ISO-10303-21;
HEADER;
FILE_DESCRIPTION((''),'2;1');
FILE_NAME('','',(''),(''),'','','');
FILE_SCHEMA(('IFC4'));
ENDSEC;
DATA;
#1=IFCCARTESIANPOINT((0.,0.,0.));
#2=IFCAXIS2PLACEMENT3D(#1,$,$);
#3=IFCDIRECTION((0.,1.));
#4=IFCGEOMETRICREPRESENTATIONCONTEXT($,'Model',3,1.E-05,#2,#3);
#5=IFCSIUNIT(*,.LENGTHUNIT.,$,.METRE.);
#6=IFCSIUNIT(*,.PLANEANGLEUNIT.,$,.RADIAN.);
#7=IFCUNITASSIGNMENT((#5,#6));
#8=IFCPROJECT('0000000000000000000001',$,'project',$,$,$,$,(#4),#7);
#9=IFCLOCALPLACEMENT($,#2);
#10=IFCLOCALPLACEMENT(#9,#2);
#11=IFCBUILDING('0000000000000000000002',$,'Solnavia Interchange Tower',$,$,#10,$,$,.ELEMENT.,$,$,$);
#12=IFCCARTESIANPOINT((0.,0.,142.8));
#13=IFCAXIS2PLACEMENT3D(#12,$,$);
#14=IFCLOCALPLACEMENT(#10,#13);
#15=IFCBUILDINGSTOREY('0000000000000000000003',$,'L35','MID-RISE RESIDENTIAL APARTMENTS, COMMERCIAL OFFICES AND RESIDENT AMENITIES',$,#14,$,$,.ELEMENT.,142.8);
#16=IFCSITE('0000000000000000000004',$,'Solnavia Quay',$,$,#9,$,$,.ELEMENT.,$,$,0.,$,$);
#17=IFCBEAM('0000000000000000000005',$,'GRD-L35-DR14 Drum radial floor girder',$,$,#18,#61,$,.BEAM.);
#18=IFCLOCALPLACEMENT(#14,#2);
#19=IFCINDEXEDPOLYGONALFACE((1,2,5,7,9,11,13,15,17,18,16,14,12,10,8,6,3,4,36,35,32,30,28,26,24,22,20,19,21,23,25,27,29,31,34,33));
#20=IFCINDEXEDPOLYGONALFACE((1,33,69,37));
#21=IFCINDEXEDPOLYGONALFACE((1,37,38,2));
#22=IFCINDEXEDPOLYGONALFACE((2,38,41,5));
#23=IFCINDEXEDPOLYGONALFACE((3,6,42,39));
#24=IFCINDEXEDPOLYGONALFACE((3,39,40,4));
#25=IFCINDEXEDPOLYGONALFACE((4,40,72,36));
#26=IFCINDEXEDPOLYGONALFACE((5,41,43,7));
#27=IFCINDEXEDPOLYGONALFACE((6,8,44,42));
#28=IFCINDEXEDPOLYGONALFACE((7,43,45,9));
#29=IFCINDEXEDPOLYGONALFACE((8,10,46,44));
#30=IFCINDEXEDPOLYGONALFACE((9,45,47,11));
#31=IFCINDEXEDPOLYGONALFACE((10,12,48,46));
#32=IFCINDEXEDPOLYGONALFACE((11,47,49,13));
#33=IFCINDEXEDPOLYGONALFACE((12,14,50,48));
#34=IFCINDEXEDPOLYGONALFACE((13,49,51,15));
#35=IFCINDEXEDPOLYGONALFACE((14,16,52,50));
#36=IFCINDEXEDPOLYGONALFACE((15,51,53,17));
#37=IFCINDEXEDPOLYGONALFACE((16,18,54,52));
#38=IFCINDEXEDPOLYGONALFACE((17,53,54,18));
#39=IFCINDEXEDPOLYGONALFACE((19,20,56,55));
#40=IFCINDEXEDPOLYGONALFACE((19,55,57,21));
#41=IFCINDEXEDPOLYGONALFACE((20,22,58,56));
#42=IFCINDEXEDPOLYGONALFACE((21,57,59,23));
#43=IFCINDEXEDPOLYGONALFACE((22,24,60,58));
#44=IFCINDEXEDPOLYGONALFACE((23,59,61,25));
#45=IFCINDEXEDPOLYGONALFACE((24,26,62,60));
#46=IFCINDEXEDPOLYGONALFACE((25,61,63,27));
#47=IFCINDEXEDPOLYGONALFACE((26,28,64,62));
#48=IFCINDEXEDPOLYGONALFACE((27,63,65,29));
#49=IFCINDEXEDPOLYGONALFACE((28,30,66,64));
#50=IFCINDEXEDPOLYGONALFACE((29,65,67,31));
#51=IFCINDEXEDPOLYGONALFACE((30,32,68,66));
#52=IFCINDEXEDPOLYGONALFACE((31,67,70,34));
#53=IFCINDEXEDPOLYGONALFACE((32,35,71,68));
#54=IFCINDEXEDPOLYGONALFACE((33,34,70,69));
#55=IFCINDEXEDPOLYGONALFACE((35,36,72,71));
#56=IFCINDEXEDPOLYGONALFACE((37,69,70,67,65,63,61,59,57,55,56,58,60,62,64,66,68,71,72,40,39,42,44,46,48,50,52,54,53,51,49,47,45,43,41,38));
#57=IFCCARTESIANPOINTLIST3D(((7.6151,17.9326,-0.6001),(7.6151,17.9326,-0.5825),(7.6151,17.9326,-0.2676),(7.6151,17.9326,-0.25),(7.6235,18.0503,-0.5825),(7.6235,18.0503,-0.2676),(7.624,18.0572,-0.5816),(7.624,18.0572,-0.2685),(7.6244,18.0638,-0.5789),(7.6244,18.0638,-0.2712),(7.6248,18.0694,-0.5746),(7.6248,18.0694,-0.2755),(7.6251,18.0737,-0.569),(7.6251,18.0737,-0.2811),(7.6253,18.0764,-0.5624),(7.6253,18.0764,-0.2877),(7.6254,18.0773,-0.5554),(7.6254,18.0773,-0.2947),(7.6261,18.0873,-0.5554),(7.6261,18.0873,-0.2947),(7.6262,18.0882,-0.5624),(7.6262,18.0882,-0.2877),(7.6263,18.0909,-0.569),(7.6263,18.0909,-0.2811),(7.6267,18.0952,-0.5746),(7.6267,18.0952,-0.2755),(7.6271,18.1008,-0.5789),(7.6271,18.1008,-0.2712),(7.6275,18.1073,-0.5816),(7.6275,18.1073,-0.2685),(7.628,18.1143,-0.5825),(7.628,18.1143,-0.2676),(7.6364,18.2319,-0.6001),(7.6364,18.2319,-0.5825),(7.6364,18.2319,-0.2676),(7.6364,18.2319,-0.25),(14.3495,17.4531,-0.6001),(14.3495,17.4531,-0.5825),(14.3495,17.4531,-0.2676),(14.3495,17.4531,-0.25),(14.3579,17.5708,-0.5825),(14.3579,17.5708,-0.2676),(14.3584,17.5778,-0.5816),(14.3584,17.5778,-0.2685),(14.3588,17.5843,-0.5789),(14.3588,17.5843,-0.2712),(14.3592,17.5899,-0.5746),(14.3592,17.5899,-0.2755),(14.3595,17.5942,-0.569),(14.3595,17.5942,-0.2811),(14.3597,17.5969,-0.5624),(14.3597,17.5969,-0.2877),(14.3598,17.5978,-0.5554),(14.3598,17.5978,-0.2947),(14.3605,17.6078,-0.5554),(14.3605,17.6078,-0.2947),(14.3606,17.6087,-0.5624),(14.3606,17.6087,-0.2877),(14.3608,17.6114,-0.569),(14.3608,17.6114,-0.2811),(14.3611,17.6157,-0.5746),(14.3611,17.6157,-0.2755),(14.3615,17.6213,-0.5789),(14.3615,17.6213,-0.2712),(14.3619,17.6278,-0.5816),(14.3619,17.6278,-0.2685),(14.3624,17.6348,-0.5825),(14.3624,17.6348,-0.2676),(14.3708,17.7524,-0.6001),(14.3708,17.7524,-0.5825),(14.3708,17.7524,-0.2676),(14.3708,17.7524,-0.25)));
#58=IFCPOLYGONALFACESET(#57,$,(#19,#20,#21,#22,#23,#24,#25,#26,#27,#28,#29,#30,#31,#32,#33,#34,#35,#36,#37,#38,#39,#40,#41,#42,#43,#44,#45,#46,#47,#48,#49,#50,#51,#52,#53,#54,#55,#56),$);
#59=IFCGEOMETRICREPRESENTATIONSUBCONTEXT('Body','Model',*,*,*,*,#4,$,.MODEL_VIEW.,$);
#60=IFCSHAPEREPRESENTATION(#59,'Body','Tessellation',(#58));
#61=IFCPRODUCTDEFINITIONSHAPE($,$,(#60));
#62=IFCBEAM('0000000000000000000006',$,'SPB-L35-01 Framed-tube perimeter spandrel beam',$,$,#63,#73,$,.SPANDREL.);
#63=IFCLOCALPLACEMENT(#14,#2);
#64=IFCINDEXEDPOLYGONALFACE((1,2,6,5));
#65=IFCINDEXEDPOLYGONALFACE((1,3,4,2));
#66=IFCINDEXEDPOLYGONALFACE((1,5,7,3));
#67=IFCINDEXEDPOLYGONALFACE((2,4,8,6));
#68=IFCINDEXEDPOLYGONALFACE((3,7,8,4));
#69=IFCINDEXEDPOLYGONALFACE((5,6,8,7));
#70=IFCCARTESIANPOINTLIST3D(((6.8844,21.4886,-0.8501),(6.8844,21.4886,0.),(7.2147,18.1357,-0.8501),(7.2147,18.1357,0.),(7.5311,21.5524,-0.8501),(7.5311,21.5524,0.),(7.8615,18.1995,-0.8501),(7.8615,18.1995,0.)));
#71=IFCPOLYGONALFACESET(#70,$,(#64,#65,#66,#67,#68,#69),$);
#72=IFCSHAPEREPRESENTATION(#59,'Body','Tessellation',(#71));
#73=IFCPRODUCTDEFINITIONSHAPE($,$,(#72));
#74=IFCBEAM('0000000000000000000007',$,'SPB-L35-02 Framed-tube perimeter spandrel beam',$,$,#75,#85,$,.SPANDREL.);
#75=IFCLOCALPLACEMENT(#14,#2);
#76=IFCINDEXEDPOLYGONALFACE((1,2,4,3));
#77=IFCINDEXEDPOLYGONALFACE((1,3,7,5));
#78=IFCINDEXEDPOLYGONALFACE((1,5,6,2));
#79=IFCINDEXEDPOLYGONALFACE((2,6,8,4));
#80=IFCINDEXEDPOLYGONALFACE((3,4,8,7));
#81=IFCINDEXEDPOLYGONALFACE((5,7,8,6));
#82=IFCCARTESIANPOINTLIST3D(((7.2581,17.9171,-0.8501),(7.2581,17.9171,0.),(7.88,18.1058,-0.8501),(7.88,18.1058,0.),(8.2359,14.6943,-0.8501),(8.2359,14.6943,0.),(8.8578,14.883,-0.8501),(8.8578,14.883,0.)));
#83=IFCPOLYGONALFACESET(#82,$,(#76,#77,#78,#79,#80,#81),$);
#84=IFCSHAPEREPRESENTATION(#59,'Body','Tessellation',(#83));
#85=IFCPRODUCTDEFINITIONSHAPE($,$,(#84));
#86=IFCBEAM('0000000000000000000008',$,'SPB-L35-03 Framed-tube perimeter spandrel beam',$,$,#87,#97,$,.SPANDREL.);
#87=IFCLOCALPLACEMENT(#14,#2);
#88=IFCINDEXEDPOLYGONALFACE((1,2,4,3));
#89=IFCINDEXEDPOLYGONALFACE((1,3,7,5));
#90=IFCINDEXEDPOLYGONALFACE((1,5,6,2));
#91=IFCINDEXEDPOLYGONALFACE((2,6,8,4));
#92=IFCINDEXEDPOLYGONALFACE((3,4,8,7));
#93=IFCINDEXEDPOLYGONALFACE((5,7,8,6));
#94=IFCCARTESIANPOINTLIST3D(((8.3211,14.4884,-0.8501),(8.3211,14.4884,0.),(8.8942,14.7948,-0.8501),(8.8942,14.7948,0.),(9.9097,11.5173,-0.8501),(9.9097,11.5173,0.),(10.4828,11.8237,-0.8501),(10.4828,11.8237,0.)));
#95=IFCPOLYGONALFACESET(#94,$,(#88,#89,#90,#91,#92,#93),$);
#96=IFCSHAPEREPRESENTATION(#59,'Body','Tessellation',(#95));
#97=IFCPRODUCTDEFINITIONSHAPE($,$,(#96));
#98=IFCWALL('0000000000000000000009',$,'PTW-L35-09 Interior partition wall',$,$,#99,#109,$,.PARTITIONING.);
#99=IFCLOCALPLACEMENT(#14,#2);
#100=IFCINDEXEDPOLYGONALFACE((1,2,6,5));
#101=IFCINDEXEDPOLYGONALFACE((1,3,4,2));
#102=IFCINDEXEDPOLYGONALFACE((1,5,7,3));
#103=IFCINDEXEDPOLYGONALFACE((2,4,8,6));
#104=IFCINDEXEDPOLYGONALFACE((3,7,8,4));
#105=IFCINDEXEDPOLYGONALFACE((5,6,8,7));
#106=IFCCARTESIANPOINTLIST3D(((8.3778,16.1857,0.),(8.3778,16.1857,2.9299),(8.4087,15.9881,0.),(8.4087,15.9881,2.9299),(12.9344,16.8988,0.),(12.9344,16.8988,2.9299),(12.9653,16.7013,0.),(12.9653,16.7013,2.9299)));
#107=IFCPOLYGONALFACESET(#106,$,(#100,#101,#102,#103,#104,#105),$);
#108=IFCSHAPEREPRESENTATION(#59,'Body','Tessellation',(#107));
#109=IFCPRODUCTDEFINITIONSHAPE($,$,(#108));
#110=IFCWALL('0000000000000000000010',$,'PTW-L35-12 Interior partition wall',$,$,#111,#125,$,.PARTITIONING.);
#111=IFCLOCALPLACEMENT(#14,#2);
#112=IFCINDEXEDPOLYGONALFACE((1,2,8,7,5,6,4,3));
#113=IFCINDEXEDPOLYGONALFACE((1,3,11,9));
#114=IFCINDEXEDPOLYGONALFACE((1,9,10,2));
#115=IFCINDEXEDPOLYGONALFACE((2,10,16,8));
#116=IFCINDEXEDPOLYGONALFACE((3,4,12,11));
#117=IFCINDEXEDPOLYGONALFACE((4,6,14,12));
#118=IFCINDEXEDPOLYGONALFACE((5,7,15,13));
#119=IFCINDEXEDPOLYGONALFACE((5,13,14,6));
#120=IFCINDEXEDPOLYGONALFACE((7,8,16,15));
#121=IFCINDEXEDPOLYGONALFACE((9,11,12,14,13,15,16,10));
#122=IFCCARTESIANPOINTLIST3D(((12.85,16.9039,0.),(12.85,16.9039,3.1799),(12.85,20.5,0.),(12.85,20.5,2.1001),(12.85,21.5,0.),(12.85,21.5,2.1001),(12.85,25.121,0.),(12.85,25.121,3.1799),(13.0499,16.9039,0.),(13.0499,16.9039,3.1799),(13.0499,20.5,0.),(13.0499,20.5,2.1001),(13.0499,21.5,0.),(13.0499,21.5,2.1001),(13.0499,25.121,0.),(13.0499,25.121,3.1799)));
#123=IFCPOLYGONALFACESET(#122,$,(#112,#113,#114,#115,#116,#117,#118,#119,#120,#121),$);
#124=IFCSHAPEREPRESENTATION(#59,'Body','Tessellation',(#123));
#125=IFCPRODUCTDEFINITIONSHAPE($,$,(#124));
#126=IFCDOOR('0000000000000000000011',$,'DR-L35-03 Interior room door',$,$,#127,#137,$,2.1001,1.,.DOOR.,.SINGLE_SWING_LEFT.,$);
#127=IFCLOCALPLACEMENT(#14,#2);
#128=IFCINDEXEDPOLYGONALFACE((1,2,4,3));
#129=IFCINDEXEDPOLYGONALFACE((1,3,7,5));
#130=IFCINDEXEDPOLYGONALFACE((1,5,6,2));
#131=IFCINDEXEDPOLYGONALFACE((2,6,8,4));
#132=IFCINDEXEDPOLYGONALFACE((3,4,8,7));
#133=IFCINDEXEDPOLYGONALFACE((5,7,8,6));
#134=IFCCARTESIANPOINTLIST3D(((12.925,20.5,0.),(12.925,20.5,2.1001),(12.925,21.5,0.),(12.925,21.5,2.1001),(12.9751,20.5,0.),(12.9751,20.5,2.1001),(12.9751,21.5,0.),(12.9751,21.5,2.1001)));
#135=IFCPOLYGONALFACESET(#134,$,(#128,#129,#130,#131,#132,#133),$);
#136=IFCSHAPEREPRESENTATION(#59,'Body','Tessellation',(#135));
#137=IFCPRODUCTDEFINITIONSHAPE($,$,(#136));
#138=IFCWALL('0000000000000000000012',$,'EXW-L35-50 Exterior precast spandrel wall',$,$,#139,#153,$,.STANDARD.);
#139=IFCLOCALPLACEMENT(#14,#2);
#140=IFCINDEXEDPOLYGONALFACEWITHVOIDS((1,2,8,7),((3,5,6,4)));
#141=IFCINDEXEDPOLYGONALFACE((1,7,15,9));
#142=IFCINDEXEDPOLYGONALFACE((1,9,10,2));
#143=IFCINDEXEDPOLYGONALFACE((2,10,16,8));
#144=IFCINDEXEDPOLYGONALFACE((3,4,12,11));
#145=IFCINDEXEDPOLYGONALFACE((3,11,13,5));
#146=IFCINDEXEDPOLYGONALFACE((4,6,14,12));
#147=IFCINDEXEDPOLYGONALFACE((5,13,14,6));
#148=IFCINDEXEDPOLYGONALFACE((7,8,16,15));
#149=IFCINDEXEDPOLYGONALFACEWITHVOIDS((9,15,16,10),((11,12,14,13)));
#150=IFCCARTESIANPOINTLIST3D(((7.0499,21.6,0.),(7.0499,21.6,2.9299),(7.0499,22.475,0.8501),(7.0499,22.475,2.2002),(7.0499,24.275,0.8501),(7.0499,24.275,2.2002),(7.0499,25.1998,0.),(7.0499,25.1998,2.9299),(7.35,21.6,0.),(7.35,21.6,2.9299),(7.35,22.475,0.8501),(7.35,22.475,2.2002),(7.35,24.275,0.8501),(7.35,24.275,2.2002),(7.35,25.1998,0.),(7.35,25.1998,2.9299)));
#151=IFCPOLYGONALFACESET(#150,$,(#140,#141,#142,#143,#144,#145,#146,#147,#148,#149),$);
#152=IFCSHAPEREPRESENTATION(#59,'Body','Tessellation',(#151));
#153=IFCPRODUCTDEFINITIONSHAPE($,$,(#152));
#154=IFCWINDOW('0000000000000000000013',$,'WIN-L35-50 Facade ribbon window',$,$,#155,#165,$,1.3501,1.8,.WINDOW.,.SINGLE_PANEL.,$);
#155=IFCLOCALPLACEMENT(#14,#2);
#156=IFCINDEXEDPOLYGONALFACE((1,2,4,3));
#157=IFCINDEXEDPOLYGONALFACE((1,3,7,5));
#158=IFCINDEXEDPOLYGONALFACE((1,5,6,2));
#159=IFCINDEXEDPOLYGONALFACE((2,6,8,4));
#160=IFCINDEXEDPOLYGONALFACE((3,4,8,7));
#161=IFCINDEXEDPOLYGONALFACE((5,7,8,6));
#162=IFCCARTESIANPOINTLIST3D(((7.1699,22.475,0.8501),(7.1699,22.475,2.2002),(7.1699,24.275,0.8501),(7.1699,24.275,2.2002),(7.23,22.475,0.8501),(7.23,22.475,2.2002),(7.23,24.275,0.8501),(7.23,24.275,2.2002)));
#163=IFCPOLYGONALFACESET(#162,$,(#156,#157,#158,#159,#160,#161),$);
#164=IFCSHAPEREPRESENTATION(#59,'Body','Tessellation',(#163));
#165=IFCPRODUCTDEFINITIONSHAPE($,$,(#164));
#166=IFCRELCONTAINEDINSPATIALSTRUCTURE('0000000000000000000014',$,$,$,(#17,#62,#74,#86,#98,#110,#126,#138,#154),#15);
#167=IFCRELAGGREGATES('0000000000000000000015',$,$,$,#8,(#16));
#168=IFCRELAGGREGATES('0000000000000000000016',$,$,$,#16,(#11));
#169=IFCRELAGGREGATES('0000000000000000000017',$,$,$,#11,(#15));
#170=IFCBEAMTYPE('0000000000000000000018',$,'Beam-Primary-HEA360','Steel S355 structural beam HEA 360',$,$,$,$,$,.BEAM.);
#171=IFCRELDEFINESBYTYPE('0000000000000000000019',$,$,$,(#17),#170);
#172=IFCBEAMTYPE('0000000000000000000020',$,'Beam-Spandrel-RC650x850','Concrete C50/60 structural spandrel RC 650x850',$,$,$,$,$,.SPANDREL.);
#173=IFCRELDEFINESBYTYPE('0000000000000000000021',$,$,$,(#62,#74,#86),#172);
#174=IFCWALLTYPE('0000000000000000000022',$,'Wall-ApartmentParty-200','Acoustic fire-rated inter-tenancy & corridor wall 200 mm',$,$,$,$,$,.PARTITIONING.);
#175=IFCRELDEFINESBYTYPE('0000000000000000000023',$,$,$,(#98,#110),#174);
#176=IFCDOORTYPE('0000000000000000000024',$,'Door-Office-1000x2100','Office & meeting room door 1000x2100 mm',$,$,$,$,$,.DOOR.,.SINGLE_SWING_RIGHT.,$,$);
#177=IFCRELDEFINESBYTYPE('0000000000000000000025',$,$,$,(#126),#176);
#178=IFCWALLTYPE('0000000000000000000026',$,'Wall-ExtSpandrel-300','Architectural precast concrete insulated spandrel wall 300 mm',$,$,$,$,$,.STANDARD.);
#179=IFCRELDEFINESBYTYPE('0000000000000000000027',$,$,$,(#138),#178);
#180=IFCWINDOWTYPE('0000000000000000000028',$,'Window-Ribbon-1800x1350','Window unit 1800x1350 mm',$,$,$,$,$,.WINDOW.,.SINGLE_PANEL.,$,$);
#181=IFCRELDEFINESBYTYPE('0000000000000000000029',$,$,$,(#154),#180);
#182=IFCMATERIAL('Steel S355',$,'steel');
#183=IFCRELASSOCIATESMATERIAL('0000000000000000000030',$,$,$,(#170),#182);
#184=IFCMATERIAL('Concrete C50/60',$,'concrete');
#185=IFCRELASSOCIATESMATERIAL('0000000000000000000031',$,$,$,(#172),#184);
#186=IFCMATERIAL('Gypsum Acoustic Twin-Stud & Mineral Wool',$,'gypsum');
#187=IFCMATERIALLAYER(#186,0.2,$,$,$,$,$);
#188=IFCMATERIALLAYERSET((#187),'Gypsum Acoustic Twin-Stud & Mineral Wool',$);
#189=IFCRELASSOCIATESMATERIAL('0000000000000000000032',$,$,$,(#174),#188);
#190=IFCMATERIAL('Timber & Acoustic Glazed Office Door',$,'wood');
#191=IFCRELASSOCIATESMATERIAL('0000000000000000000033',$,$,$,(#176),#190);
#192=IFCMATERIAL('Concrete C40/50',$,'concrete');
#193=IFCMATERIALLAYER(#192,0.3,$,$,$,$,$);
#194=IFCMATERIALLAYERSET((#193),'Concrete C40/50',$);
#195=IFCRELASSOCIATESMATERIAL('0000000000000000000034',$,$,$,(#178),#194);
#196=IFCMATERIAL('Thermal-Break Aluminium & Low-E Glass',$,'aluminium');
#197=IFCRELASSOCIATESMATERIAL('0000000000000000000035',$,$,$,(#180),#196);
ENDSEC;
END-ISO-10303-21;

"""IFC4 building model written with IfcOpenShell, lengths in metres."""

from ifc_helpers import new_model, si_unit, direction, frame, frame_2d, origin, origin_2d, place, context, subcontext, project, spatial, rectangle, i_section, extrude, material, layer, layer_set, material_profile, profile_set, type_object, element, fill, save


model = new_model("IFC4")

# Units and contexts
model_context = context("Model", 3, precision=1e-05, world=origin(), true_north=direction((0.0, 1.0)))
body_context = subcontext(model_context, "Body", "Model", "MODEL_VIEW")
ifc_project = project(units=[si_unit("LENGTHUNIT", "METRE"), si_unit("PLANEANGLEUNIT", "RADIAN")], contexts=[model_context])

# Site, building, storey
site_placement = place(None, origin())
site = spatial("IfcSite", under=ifc_project, at=site_placement, Name="Solnavia Quay", CompositionType="ELEMENT", RefElevation=0.0)
building_placement = place(site_placement, origin())
building = spatial("IfcBuilding", under=site, at=building_placement, Name="Solnavia Interchange Tower", CompositionType="ELEMENT")
storey_placement = place(building_placement, frame((0.0, 0.0, 142.8)))
storey = spatial("IfcBuildingStorey", under=building, at=storey_placement, Name="L35", Description="MID-RISE RESIDENTIAL APARTMENTS, COMMERCIAL OFFICES AND RESIDENT AMENITIES", CompositionType="ELEMENT", Elevation=142.8)

# Shared definitions
ifc_material_1 = material(Name="Concrete C50/60", Category="concrete")

# Beams
ifc_material_2 = material(Name="Steel S355", Category="steel")
ifc_material_profile_1 = material_profile(ifc_material_2, i_section(OverallWidth=0.3, OverallDepth=0.3501, WebThickness=0.01, FlangeThickness=0.0176, FilletRadius=0.0271, at=origin_2d()), Name="HEA 360")
ifc_profile_set_1 = profile_set([ifc_material_profile_1], Name="Steel S355")
beam_type_1 = type_object("IfcBeamType", Name="Beam-Primary-HEA360", Description="Steel S355 structural beam HEA 360", PredefinedType="BEAM", material=ifc_profile_set_1)
beam_1_placement = place(storey_placement, frame((7.6257, 18.0823, -0.425), z_axis=(0.997475, -0.071021, 0.0), x_axis=(0.071021, 0.997475, 0.0)))
element("IfcBeam", 1, at=beam_1_placement, inside=storey, type_object=beam_type_1, Name="GRD-L35-DR14 Drum radial floor girder", PredefinedType="BEAM", context=body_context, shape_type="SweptSolid", body=[
    extrude(i_section(OverallWidth=0.3, OverallDepth=0.3501, WebThickness=0.01, FlangeThickness=0.0176, FilletRadius=0.0271, at=origin_2d()), origin(), (0.0, 0.0, 1.0), 6.7515),
])
ifc_material_profile_2 = material_profile(ifc_material_1, rectangle(XDim=0.6499, YDim=0.8501, at=origin_2d()), Name="RC 650x850")
ifc_profile_set_2 = profile_set([ifc_material_profile_2], Name="Concrete C50/60")
beam_type_2 = type_object("IfcBeamType", Name="Beam-Spandrel-RC650x850", Description="Concrete C50/60 structural spandrel RC 650x850", PredefinedType="SPANDREL", material=ifc_profile_set_2)
beam_2_placement = place(storey_placement, frame((7.2078, 21.5205, -0.425), z_axis=(0.09804, -0.995182, 0.0), x_axis=(0.995182, 0.09804, 0.0)))
element("IfcBeam", 2, at=beam_2_placement, inside=storey, type_object=beam_type_2, Name="SPB-L35-01 Framed-tube perimeter spandrel beam", PredefinedType="SPANDREL", context=body_context, shape_type="SweptSolid", body=[
    extrude(rectangle(XDim=0.6499, YDim=0.8501, at=origin_2d()), origin(), (0.0, 0.0, 1.0), 3.3691),
])
beam_3_placement = place(storey_placement, frame((7.5691, 18.0115, -0.425), z_axis=(0.290319, -0.95693, 0.0), x_axis=(0.95693, 0.290319, 0.0)))
element("IfcBeam", 3, at=beam_3_placement, inside=storey, type_object=beam_type_2, Name="SPB-L35-02 Framed-tube perimeter spandrel beam", PredefinedType="SPANDREL", context=body_context, shape_type="SweptSolid", body=[
    extrude(rectangle(XDim=0.6499, YDim=0.8501, at=origin_2d()), origin(), (0.0, 0.0, 1.0), 3.3679),
])
beam_4_placement = place(storey_placement, frame((8.6077, 14.6416, -0.425), z_axis=(0.471509, -0.881861, 0.0), x_axis=(0.881861, 0.471509, 0.0)))
element("IfcBeam", 4, at=beam_4_placement, inside=storey, type_object=beam_type_2, Name="SPB-L35-03 Framed-tube perimeter spandrel beam", PredefinedType="SPANDREL", context=body_context, shape_type="SweptSolid", body=[
    extrude(rectangle(XDim=0.6499, YDim=0.8501, at=origin_2d()), origin(), (0.0, 0.0, 1.0), 3.3691),
])

# Wall
ifc_material_3 = material(Name="Gypsum Acoustic Twin-Stud & Mineral Wool", Category="gypsum")
ifc_layer_1 = layer(ifc_material_3, 0.2)
ifc_layer_set_1 = layer_set([ifc_layer_1], Name="Gypsum Acoustic Twin-Stud & Mineral Wool")
wall_type_1 = type_object("IfcWallType", Name="Wall-ApartmentParty-200", Description="Acoustic fire-rated inter-tenancy & corridor wall 200 mm", PredefinedType="PARTITIONING", material=ifc_layer_set_1)
wall_1_placement = place(storey_placement, frame((12.95, 16.8, 0.0), z_axis=(0.0, 0.0, 1.0), x_axis=(-0.987974, -0.154622, 0.0)))
element("IfcWall", 5, at=wall_1_placement, inside=storey, type_object=wall_type_1, Name="PTW-L35-09 Interior partition wall", PredefinedType="PARTITIONING", context=body_context, shape_type="SweptSolid", body=[
    extrude(rectangle(XDim=4.6121, YDim=0.2, at=frame_2d((2.3062, 0.0))), origin(), (0.0, 0.0, 1.0), 2.9299),
])

# Wall, opening, door
wall_2_placement = place(storey_placement, frame((12.95, 16.9041, 0.0), z_axis=(0.0, 0.0, 1.0), x_axis=(0.0, 1.0, 0.0)))
wall_2 = element("IfcWall", 6, at=wall_2_placement, inside=storey, type_object=wall_type_1, Name="PTW-L35-12 Interior partition wall", PredefinedType="PARTITIONING", context=body_context, shape_type="SweptSolid", body=[
    extrude(rectangle(XDim=8.217, YDim=0.2, at=frame_2d((4.1084, 0.0))), origin(), (0.0, 0.0, 1.0), 3.1799),
])
opening_1_placement = place(wall_2_placement, frame((3.5959, 0.0, 0.0)))
opening_1 = element("IfcOpeningElement", 7, at=opening_1_placement, cuts=wall_2, PredefinedType="OPENING", context=body_context, shape_type="SweptSolid", body=[
    extrude(rectangle(XDim=1.0, YDim=2.1001, at=frame_2d((0.5, 1.05))), frame((0.0, 0.1099, 0.0), z_axis=(0.0, -1.0, 0.0), x_axis=(1.0, 0.0, 0.0)), (0.0, 0.0, 1.0), 0.22),
])
ifc_material_4 = material(Name="Timber & Acoustic Glazed Office Door", Category="wood")
door_type_1 = type_object("IfcDoorType", Name="Door-Office-1000x2100", Description="Office & meeting room door 1000x2100 mm", OperationType="SINGLE_SWING_RIGHT", PredefinedType="DOOR", material=ifc_material_4)
door_1_placement = place(opening_1_placement, origin())
door_1 = element("IfcDoor", 8, at=door_1_placement, inside=storey, type_object=door_type_1, Name="DR-L35-03 Interior room door", OperationType="SINGLE_SWING_LEFT", OverallHeight=2.1001, OverallWidth=1.0, PredefinedType="DOOR", context=body_context, shape_type="SweptSolid", body=[
    extrude(rectangle(XDim=1.0, YDim=2.1001, at=frame_2d((0.5, 1.05))), frame((0.0, 0.0249, 0.0), z_axis=(0.0, -1.0, 0.0), x_axis=(1.0, 0.0, 0.0)), (0.0, 0.0, 1.0), 0.05),
])
fill(opening_1, door_1)

# Wall, opening, window
ifc_material_5 = material(Name="Concrete C40/50", Category="concrete")
ifc_layer_2 = layer(ifc_material_5, 0.3)
ifc_layer_set_2 = layer_set([ifc_layer_2], Name="Concrete C40/50")
wall_type_2 = type_object("IfcWallType", Name="Wall-ExtSpandrel-300", Description="Architectural precast concrete insulated spandrel wall 300 mm", PredefinedType="STANDARD", material=ifc_layer_set_2)
wall_3_placement = place(storey_placement, frame((7.2, 21.6001, 0.0), z_axis=(0.0, 0.0, 1.0), x_axis=(0.0, 1.0, 0.0)))
wall_3 = element("IfcWall", 9, at=wall_3_placement, inside=storey, type_object=wall_type_2, Name="EXW-L35-50 Exterior precast spandrel wall", PredefinedType="STANDARD", context=body_context, shape_type="SweptSolid", body=[
    extrude(rectangle(XDim=3.5999, YDim=0.3, at=frame_2d((1.7998, 0.0))), origin(), (0.0, 0.0, 1.0), 2.9299),
])
opening_2_placement = place(wall_3_placement, frame((0.875, 0.0, 0.8501)))
opening_2 = element("IfcOpeningElement", 10, at=opening_2_placement, cuts=wall_3, PredefinedType="OPENING", context=body_context, shape_type="SweptSolid", body=[
    extrude(rectangle(XDim=1.8, YDim=1.3501, at=frame_2d((0.8999, 0.675))), frame((0.0, 0.1602, 0.0), z_axis=(0.0, -1.0, 0.0), x_axis=(1.0, 0.0, 0.0)), (0.0, 0.0, 1.0), 0.3201),
])
ifc_material_6 = material(Name="Thermal-Break Aluminium & Low-E Glass", Category="aluminium")
window_type_1 = type_object("IfcWindowType", Name="Window-Ribbon-1800x1350", Description="Window unit 1800x1350 mm", PartitioningType="SINGLE_PANEL", PredefinedType="WINDOW", material=ifc_material_6)
window_1_placement = place(opening_2_placement, origin())
window_1 = element("IfcWindow", 11, at=window_1_placement, inside=storey, type_object=window_type_1, Name="WIN-L35-50 Facade ribbon window", OverallHeight=1.3501, OverallWidth=1.8, PartitioningType="SINGLE_PANEL", PredefinedType="WINDOW", context=body_context, shape_type="SweptSolid", body=[
    extrude(rectangle(XDim=1.8, YDim=1.3501, at=frame_2d((0.8999, 0.675))), frame((0.0, 0.03, 0.0), z_axis=(0.0, -1.0, 0.0), x_axis=(1.0, 0.0, 0.0)), (0.0, 0.0, 1.0), 0.0601),
])
fill(opening_2, window_1)

save(model, "model.ifc")
